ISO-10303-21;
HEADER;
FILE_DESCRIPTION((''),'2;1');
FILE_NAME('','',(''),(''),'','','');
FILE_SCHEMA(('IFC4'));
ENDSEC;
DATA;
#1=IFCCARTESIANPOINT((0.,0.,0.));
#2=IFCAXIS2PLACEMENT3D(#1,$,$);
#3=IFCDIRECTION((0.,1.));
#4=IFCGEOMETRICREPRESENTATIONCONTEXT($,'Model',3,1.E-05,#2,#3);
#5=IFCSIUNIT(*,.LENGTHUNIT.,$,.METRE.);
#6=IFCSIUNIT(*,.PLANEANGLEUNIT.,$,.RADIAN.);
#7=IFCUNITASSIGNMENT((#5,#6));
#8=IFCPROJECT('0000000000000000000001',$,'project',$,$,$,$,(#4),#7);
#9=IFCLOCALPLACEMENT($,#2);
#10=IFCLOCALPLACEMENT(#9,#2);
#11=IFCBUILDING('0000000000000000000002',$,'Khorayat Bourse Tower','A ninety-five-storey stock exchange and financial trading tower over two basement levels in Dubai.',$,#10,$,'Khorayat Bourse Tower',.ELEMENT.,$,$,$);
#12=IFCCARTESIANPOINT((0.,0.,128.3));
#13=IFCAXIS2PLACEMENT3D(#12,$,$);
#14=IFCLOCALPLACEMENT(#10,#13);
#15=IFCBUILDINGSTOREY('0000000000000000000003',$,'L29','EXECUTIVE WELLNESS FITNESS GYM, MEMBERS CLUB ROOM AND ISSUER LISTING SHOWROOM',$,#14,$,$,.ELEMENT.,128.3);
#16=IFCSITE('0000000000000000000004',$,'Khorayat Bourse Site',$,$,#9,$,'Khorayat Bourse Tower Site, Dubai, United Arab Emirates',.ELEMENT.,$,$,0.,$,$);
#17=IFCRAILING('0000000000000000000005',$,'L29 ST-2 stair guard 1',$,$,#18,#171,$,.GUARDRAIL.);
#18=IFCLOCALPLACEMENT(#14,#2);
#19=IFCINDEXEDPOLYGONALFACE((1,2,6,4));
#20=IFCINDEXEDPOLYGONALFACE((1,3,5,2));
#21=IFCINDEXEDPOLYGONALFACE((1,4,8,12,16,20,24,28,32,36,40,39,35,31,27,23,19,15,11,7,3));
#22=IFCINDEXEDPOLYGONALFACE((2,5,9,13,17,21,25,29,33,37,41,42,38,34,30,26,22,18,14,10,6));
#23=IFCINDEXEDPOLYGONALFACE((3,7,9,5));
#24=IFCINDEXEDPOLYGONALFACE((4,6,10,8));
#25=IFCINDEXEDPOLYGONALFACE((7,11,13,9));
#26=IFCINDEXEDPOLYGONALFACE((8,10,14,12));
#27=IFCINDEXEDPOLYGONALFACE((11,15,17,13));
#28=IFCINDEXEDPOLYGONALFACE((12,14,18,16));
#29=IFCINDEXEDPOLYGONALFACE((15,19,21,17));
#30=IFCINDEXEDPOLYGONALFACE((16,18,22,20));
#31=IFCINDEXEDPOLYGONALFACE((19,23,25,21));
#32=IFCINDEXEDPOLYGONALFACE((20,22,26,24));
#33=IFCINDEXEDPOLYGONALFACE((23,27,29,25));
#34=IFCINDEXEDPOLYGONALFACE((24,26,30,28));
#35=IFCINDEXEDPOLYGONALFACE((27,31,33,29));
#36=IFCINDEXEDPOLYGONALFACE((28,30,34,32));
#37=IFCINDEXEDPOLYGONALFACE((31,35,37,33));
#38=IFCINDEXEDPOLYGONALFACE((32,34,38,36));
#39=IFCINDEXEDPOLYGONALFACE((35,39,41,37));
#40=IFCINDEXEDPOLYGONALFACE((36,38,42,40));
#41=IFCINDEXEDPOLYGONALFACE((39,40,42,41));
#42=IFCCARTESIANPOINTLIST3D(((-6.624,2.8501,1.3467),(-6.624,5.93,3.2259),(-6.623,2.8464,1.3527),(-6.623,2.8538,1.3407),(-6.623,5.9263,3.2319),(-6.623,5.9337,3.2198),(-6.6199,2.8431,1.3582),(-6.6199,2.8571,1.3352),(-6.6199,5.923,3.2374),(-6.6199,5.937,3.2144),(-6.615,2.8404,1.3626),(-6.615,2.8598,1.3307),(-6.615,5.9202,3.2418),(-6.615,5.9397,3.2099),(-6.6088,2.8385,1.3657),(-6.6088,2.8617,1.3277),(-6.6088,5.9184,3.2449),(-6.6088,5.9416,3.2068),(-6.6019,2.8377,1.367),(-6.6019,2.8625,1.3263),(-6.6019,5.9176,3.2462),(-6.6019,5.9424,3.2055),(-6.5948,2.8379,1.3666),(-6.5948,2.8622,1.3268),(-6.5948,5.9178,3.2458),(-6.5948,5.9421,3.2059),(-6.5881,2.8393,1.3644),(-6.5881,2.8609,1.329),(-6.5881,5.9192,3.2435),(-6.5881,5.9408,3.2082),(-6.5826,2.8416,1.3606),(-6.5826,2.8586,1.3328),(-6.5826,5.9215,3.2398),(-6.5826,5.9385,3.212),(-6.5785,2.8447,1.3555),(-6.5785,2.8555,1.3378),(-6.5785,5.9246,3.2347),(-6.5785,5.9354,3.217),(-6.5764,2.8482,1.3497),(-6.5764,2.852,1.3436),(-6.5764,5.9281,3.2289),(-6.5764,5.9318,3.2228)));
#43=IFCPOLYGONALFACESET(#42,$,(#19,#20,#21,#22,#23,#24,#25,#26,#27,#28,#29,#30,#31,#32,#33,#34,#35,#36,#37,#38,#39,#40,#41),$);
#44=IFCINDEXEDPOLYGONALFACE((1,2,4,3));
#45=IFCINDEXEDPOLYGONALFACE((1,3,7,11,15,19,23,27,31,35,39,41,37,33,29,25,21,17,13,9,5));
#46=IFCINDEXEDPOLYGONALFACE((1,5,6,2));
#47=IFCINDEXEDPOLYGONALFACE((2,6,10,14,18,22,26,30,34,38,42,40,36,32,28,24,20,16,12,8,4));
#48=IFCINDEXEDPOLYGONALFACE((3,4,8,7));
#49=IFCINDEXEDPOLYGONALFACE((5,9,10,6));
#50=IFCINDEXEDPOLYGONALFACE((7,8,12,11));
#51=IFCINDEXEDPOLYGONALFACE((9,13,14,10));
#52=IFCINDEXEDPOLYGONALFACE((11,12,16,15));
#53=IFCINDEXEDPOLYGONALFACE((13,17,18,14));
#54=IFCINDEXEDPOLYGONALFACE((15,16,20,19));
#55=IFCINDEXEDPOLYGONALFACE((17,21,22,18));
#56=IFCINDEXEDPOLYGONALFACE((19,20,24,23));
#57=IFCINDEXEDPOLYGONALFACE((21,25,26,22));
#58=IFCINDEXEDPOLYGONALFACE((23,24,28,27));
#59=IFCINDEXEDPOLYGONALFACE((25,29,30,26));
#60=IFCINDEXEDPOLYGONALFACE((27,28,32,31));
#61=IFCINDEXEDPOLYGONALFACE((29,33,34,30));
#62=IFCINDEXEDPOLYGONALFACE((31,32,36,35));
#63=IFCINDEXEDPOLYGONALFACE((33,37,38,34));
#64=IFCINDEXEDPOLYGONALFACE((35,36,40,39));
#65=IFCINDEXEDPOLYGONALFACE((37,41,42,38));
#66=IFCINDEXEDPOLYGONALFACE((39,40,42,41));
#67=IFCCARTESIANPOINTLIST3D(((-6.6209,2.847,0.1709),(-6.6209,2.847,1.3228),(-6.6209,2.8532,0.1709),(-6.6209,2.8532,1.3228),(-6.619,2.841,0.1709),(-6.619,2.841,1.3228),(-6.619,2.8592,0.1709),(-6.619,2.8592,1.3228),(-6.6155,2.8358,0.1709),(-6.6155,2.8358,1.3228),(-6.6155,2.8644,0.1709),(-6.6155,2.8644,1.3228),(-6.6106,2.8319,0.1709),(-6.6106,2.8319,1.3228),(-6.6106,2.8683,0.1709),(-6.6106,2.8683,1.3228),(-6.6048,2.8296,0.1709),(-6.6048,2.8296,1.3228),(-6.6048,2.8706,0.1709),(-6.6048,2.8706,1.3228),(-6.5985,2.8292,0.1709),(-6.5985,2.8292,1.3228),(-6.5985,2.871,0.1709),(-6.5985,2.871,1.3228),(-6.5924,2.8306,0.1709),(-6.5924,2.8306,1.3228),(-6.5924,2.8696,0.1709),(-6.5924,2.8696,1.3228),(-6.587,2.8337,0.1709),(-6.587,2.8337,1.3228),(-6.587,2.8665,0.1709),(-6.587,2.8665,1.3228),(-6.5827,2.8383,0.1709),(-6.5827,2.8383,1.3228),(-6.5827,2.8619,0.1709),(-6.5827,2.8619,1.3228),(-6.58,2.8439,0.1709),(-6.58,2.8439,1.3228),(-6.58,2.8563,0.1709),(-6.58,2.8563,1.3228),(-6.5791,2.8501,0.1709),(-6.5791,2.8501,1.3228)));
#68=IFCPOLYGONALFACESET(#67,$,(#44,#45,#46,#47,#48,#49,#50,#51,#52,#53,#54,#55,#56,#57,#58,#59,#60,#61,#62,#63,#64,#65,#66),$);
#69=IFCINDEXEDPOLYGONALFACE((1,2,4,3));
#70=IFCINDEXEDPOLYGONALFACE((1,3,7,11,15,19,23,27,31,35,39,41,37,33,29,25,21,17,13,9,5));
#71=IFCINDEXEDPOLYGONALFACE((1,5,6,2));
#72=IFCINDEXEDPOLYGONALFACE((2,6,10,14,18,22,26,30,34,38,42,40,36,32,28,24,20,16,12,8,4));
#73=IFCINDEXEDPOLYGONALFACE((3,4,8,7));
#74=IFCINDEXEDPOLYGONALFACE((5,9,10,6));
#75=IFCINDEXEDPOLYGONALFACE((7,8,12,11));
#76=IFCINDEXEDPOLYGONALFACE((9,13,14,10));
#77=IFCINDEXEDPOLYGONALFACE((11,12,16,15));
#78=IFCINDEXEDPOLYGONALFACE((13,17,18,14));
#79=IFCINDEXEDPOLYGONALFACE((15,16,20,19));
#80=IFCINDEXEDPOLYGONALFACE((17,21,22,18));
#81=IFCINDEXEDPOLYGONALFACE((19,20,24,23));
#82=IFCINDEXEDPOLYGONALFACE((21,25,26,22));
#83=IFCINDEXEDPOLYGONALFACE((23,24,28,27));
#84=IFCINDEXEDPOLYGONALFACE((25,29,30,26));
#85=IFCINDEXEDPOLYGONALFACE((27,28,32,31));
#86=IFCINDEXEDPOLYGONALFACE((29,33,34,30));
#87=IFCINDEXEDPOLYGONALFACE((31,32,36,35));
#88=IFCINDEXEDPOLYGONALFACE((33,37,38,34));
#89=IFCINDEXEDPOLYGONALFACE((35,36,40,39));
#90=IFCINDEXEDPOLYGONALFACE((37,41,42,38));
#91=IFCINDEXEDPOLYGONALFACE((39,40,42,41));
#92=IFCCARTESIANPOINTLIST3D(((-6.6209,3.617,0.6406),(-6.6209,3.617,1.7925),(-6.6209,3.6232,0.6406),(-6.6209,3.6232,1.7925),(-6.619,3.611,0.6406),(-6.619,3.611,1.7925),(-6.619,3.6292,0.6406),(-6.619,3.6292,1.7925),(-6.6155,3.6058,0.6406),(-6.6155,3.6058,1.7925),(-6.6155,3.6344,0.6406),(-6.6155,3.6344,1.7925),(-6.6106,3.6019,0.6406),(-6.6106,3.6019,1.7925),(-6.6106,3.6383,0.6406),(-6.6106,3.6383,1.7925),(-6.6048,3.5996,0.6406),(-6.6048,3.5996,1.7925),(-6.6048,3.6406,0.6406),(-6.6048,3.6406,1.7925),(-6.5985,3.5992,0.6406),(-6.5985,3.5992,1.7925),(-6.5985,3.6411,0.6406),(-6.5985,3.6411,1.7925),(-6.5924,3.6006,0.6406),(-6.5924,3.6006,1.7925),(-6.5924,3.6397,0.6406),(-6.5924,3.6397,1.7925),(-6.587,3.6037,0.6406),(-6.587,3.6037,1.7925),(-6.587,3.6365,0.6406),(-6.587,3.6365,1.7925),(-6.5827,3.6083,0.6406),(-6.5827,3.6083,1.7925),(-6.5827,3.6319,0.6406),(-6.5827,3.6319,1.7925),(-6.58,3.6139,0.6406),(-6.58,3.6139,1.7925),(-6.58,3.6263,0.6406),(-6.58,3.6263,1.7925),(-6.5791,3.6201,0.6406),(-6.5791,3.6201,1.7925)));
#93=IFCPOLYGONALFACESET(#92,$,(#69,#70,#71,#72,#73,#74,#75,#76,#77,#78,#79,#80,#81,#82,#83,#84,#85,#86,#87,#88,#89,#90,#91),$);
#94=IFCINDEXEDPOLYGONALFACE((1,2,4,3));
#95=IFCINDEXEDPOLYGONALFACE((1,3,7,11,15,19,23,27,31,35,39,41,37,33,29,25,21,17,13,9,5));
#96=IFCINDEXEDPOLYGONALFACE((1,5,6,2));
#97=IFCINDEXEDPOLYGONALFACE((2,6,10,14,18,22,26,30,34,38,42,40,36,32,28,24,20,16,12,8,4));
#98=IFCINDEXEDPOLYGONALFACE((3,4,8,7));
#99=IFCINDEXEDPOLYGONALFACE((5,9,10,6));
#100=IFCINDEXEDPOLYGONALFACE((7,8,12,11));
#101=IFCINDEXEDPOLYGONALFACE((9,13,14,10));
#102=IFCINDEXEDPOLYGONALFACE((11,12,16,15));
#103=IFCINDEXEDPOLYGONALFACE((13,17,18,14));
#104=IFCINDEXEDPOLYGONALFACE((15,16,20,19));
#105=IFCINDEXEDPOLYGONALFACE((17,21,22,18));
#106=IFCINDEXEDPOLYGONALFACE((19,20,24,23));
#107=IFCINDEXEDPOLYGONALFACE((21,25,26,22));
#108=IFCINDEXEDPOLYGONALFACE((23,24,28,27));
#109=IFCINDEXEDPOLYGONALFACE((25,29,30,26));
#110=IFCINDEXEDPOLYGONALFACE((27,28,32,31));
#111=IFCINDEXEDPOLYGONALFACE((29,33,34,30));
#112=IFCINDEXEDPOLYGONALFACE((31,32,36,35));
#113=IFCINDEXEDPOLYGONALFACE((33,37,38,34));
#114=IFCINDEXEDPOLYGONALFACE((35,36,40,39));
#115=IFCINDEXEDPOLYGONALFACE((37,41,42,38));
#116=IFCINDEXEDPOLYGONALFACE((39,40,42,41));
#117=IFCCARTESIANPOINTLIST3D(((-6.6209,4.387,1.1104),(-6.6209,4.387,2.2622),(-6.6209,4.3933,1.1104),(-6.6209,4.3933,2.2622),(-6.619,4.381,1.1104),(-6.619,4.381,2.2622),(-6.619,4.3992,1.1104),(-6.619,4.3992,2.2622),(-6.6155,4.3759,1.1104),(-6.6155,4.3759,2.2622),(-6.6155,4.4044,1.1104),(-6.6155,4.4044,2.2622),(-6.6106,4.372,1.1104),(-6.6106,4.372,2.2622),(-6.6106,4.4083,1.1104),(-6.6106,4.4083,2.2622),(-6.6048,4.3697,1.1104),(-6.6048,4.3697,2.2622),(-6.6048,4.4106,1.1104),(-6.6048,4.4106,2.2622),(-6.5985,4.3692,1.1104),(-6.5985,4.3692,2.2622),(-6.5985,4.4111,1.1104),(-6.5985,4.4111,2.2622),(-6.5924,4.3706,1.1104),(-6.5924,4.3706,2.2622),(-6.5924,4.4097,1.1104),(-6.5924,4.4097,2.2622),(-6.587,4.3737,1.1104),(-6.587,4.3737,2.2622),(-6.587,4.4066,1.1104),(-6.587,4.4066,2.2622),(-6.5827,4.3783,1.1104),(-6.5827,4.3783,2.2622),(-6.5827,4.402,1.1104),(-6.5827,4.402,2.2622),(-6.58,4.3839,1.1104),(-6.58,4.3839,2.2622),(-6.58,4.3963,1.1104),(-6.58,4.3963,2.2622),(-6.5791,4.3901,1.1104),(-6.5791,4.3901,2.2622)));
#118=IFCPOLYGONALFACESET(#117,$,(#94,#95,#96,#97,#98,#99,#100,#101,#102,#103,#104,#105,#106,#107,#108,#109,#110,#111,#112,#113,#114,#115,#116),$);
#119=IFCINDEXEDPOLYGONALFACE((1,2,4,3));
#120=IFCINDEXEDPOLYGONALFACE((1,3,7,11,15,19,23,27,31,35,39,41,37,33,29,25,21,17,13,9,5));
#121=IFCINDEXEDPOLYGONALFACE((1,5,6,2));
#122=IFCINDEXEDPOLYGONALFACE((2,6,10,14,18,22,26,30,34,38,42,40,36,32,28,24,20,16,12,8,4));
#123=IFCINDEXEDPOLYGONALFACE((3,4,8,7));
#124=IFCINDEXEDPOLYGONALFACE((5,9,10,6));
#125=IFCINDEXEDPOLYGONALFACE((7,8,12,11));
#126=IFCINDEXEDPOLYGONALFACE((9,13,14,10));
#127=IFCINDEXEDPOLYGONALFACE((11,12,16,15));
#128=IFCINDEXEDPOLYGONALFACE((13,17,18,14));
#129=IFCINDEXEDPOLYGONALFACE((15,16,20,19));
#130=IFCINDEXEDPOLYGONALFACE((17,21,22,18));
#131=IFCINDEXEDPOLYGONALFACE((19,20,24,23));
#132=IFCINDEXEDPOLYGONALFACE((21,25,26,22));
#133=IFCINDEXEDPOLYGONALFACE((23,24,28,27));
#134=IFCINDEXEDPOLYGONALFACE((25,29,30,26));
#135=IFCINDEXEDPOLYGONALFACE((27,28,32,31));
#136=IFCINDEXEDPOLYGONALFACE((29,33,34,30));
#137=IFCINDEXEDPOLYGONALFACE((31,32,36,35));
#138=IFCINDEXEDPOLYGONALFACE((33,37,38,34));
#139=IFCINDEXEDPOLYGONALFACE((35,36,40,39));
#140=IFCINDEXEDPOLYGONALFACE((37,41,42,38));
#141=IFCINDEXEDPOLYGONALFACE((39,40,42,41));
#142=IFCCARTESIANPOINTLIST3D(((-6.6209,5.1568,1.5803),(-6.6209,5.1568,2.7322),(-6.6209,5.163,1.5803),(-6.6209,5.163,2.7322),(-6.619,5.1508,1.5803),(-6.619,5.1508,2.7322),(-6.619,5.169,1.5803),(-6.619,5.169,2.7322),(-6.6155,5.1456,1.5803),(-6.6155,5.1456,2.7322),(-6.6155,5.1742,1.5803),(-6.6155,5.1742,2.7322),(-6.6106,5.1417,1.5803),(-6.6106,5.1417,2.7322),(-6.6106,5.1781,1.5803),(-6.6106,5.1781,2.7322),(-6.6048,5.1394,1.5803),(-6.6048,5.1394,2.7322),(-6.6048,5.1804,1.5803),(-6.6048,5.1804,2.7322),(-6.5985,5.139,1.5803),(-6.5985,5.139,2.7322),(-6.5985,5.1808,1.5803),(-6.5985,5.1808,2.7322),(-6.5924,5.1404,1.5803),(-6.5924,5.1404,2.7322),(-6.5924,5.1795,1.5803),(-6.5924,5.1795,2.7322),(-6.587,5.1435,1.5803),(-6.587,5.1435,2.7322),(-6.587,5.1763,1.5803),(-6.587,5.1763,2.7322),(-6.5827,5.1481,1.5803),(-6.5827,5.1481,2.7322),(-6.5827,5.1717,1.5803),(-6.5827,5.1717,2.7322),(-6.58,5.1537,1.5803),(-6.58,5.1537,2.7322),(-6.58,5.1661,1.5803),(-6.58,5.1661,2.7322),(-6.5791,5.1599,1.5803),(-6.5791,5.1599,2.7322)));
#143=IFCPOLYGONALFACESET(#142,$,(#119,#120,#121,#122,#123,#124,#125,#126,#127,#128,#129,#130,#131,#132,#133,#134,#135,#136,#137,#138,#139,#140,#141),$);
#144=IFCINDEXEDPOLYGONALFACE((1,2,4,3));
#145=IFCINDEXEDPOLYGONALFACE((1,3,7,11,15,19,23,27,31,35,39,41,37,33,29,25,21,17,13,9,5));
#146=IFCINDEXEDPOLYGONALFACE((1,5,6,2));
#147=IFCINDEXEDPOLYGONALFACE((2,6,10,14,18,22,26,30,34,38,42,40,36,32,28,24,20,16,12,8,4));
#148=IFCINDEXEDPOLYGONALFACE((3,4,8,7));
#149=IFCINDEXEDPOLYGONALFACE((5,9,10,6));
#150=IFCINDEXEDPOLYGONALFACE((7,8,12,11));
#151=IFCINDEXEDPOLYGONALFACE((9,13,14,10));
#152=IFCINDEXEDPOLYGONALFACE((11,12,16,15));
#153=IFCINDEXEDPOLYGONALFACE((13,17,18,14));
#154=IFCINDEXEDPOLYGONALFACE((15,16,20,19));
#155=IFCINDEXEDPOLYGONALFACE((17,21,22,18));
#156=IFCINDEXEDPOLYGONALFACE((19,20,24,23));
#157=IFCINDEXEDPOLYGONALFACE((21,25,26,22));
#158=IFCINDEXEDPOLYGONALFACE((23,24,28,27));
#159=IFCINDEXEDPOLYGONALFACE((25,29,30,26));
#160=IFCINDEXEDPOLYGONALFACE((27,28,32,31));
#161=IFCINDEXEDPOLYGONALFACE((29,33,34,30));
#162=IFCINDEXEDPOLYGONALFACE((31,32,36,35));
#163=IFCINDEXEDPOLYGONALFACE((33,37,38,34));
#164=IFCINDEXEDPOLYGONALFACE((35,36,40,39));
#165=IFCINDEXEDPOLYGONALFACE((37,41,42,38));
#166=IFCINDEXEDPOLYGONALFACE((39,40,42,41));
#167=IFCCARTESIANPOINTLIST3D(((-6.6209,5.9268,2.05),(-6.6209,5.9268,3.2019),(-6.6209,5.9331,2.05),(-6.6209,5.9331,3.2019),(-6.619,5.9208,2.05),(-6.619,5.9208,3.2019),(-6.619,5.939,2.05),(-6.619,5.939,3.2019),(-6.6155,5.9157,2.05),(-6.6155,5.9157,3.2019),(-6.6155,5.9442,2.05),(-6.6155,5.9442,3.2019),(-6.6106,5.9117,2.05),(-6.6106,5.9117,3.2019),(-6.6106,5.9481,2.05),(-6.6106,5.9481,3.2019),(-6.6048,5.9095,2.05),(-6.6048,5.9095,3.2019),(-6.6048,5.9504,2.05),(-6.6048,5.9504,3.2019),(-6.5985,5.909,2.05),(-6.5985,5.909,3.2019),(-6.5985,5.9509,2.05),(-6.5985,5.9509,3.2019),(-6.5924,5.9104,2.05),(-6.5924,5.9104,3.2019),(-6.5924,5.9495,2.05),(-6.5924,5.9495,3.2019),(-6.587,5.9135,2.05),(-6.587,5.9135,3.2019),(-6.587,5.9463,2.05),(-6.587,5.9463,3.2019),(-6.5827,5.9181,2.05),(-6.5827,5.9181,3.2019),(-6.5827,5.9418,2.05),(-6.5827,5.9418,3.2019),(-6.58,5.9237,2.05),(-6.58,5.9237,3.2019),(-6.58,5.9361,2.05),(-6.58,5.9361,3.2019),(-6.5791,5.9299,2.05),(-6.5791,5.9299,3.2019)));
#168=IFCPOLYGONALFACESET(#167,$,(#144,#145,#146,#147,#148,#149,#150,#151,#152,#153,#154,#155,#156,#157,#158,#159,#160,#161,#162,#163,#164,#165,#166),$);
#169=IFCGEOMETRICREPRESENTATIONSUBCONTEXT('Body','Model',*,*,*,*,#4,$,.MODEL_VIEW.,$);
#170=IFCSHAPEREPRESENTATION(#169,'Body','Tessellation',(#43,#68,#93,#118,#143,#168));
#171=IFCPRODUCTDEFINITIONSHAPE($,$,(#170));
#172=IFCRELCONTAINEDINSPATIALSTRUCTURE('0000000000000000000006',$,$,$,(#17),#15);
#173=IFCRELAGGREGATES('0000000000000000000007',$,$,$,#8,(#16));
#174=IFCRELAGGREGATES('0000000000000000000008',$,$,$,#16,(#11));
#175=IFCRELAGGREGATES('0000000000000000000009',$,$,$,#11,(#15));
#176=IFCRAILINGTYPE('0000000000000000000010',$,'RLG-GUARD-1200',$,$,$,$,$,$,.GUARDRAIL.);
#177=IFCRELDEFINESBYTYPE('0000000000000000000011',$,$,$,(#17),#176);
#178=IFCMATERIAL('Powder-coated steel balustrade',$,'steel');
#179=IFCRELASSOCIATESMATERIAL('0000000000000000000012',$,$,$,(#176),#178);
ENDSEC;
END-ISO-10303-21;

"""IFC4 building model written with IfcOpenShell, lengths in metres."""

from ifc_helpers import new_model, si_unit, direction, frame, origin, origin_2d, place, context, subcontext, project, spatial, circle, extrude, source, transform, mapped, material, type_object, element, save


model = new_model("IFC4")

# Units and contexts
model_context = context("Model", 3, precision=1e-05, world=origin(), true_north=direction((0.0, 1.0)))
body_context = subcontext(model_context, "Body", "Model", "MODEL_VIEW")
ifc_project = project(units=[si_unit("LENGTHUNIT", "METRE"), si_unit("PLANEANGLEUNIT", "RADIAN")], contexts=[model_context])

# Site, building, storey
site_placement = place(None, origin())
site = spatial("IfcSite", under=ifc_project, at=site_placement, Name="Khorayat Bourse Site", LongName="Khorayat Bourse Tower Site, Dubai, United Arab Emirates", CompositionType="ELEMENT", RefElevation=0.0)
building_placement = place(site_placement, origin())
building = spatial("IfcBuilding", under=site, at=building_placement, Name="Khorayat Bourse Tower", Description="A ninety-five-storey stock exchange and financial trading tower over two basement levels in Dubai.", LongName="Khorayat Bourse Tower", CompositionType="ELEMENT")
storey_placement = place(building_placement, frame((0.0, 0.0, 128.3)))
storey = spatial("IfcBuildingStorey", under=building, at=storey_placement, Name="L29", Description="EXECUTIVE WELLNESS FITNESS GYM, MEMBERS CLUB ROOM AND ISSUER LISTING SHOWROOM", CompositionType="ELEMENT", Elevation=128.3)

# Railing
ifc_material_1 = material(Name="Powder-coated steel balustrade", Category="steel")
railing_type_1 = type_object("IfcRailingType", Name="RLG-GUARD-1200", PredefinedType="GUARDRAIL", material=ifc_material_1)
shared_shape_1 = source(origin(), body_context, "Body", "SweptSolid", [
    extrude(circle(Radius=0.0239, at=origin_2d()), frame((0.0, 0.0, 1.1758), z_axis=(0.0, 0.853648, 0.52085), x_axis=(-1.0, 0.0, 0.0)), (0.0, 0.0, 1.0), 3.6079),
    extrude(circle(Radius=0.021, at=origin_2d()), origin(), (0.0, 0.0, 1.0), 1.1519),
    extrude(circle(Radius=0.021, at=origin_2d()), frame((0.0, 0.77, 0.4697)), (0.0, 0.0, 1.0), 1.1519),
    extrude(circle(Radius=0.021, at=origin_2d()), frame((0.0, 1.54, 0.9395)), (0.0, 0.0, 1.0), 1.1519),
    extrude(circle(Radius=0.021, at=origin_2d()), frame((0.0, 2.3098, 1.4094)), (0.0, 0.0, 1.0), 1.1519),
    extrude(circle(Radius=0.021, at=origin_2d()), frame((0.0, 3.0798, 1.8792)), (0.0, 0.0, 1.0), 1.1519),
])
railing_1_placement = place(storey_placement, frame((-6.6001, 2.8501, 0.1709)))
element("IfcRailing", 1, at=railing_1_placement, inside=storey, type_object=railing_type_1, Name="L29 ST-2 stair guard 1", PredefinedType="GUARDRAIL", context=body_context, shape_type="MappedRepresentation", body=[
    mapped(shared_shape_1, transform((0.0, 0.0, 0.0), scale=1.0)),
])

save(model, "model.ifc")
